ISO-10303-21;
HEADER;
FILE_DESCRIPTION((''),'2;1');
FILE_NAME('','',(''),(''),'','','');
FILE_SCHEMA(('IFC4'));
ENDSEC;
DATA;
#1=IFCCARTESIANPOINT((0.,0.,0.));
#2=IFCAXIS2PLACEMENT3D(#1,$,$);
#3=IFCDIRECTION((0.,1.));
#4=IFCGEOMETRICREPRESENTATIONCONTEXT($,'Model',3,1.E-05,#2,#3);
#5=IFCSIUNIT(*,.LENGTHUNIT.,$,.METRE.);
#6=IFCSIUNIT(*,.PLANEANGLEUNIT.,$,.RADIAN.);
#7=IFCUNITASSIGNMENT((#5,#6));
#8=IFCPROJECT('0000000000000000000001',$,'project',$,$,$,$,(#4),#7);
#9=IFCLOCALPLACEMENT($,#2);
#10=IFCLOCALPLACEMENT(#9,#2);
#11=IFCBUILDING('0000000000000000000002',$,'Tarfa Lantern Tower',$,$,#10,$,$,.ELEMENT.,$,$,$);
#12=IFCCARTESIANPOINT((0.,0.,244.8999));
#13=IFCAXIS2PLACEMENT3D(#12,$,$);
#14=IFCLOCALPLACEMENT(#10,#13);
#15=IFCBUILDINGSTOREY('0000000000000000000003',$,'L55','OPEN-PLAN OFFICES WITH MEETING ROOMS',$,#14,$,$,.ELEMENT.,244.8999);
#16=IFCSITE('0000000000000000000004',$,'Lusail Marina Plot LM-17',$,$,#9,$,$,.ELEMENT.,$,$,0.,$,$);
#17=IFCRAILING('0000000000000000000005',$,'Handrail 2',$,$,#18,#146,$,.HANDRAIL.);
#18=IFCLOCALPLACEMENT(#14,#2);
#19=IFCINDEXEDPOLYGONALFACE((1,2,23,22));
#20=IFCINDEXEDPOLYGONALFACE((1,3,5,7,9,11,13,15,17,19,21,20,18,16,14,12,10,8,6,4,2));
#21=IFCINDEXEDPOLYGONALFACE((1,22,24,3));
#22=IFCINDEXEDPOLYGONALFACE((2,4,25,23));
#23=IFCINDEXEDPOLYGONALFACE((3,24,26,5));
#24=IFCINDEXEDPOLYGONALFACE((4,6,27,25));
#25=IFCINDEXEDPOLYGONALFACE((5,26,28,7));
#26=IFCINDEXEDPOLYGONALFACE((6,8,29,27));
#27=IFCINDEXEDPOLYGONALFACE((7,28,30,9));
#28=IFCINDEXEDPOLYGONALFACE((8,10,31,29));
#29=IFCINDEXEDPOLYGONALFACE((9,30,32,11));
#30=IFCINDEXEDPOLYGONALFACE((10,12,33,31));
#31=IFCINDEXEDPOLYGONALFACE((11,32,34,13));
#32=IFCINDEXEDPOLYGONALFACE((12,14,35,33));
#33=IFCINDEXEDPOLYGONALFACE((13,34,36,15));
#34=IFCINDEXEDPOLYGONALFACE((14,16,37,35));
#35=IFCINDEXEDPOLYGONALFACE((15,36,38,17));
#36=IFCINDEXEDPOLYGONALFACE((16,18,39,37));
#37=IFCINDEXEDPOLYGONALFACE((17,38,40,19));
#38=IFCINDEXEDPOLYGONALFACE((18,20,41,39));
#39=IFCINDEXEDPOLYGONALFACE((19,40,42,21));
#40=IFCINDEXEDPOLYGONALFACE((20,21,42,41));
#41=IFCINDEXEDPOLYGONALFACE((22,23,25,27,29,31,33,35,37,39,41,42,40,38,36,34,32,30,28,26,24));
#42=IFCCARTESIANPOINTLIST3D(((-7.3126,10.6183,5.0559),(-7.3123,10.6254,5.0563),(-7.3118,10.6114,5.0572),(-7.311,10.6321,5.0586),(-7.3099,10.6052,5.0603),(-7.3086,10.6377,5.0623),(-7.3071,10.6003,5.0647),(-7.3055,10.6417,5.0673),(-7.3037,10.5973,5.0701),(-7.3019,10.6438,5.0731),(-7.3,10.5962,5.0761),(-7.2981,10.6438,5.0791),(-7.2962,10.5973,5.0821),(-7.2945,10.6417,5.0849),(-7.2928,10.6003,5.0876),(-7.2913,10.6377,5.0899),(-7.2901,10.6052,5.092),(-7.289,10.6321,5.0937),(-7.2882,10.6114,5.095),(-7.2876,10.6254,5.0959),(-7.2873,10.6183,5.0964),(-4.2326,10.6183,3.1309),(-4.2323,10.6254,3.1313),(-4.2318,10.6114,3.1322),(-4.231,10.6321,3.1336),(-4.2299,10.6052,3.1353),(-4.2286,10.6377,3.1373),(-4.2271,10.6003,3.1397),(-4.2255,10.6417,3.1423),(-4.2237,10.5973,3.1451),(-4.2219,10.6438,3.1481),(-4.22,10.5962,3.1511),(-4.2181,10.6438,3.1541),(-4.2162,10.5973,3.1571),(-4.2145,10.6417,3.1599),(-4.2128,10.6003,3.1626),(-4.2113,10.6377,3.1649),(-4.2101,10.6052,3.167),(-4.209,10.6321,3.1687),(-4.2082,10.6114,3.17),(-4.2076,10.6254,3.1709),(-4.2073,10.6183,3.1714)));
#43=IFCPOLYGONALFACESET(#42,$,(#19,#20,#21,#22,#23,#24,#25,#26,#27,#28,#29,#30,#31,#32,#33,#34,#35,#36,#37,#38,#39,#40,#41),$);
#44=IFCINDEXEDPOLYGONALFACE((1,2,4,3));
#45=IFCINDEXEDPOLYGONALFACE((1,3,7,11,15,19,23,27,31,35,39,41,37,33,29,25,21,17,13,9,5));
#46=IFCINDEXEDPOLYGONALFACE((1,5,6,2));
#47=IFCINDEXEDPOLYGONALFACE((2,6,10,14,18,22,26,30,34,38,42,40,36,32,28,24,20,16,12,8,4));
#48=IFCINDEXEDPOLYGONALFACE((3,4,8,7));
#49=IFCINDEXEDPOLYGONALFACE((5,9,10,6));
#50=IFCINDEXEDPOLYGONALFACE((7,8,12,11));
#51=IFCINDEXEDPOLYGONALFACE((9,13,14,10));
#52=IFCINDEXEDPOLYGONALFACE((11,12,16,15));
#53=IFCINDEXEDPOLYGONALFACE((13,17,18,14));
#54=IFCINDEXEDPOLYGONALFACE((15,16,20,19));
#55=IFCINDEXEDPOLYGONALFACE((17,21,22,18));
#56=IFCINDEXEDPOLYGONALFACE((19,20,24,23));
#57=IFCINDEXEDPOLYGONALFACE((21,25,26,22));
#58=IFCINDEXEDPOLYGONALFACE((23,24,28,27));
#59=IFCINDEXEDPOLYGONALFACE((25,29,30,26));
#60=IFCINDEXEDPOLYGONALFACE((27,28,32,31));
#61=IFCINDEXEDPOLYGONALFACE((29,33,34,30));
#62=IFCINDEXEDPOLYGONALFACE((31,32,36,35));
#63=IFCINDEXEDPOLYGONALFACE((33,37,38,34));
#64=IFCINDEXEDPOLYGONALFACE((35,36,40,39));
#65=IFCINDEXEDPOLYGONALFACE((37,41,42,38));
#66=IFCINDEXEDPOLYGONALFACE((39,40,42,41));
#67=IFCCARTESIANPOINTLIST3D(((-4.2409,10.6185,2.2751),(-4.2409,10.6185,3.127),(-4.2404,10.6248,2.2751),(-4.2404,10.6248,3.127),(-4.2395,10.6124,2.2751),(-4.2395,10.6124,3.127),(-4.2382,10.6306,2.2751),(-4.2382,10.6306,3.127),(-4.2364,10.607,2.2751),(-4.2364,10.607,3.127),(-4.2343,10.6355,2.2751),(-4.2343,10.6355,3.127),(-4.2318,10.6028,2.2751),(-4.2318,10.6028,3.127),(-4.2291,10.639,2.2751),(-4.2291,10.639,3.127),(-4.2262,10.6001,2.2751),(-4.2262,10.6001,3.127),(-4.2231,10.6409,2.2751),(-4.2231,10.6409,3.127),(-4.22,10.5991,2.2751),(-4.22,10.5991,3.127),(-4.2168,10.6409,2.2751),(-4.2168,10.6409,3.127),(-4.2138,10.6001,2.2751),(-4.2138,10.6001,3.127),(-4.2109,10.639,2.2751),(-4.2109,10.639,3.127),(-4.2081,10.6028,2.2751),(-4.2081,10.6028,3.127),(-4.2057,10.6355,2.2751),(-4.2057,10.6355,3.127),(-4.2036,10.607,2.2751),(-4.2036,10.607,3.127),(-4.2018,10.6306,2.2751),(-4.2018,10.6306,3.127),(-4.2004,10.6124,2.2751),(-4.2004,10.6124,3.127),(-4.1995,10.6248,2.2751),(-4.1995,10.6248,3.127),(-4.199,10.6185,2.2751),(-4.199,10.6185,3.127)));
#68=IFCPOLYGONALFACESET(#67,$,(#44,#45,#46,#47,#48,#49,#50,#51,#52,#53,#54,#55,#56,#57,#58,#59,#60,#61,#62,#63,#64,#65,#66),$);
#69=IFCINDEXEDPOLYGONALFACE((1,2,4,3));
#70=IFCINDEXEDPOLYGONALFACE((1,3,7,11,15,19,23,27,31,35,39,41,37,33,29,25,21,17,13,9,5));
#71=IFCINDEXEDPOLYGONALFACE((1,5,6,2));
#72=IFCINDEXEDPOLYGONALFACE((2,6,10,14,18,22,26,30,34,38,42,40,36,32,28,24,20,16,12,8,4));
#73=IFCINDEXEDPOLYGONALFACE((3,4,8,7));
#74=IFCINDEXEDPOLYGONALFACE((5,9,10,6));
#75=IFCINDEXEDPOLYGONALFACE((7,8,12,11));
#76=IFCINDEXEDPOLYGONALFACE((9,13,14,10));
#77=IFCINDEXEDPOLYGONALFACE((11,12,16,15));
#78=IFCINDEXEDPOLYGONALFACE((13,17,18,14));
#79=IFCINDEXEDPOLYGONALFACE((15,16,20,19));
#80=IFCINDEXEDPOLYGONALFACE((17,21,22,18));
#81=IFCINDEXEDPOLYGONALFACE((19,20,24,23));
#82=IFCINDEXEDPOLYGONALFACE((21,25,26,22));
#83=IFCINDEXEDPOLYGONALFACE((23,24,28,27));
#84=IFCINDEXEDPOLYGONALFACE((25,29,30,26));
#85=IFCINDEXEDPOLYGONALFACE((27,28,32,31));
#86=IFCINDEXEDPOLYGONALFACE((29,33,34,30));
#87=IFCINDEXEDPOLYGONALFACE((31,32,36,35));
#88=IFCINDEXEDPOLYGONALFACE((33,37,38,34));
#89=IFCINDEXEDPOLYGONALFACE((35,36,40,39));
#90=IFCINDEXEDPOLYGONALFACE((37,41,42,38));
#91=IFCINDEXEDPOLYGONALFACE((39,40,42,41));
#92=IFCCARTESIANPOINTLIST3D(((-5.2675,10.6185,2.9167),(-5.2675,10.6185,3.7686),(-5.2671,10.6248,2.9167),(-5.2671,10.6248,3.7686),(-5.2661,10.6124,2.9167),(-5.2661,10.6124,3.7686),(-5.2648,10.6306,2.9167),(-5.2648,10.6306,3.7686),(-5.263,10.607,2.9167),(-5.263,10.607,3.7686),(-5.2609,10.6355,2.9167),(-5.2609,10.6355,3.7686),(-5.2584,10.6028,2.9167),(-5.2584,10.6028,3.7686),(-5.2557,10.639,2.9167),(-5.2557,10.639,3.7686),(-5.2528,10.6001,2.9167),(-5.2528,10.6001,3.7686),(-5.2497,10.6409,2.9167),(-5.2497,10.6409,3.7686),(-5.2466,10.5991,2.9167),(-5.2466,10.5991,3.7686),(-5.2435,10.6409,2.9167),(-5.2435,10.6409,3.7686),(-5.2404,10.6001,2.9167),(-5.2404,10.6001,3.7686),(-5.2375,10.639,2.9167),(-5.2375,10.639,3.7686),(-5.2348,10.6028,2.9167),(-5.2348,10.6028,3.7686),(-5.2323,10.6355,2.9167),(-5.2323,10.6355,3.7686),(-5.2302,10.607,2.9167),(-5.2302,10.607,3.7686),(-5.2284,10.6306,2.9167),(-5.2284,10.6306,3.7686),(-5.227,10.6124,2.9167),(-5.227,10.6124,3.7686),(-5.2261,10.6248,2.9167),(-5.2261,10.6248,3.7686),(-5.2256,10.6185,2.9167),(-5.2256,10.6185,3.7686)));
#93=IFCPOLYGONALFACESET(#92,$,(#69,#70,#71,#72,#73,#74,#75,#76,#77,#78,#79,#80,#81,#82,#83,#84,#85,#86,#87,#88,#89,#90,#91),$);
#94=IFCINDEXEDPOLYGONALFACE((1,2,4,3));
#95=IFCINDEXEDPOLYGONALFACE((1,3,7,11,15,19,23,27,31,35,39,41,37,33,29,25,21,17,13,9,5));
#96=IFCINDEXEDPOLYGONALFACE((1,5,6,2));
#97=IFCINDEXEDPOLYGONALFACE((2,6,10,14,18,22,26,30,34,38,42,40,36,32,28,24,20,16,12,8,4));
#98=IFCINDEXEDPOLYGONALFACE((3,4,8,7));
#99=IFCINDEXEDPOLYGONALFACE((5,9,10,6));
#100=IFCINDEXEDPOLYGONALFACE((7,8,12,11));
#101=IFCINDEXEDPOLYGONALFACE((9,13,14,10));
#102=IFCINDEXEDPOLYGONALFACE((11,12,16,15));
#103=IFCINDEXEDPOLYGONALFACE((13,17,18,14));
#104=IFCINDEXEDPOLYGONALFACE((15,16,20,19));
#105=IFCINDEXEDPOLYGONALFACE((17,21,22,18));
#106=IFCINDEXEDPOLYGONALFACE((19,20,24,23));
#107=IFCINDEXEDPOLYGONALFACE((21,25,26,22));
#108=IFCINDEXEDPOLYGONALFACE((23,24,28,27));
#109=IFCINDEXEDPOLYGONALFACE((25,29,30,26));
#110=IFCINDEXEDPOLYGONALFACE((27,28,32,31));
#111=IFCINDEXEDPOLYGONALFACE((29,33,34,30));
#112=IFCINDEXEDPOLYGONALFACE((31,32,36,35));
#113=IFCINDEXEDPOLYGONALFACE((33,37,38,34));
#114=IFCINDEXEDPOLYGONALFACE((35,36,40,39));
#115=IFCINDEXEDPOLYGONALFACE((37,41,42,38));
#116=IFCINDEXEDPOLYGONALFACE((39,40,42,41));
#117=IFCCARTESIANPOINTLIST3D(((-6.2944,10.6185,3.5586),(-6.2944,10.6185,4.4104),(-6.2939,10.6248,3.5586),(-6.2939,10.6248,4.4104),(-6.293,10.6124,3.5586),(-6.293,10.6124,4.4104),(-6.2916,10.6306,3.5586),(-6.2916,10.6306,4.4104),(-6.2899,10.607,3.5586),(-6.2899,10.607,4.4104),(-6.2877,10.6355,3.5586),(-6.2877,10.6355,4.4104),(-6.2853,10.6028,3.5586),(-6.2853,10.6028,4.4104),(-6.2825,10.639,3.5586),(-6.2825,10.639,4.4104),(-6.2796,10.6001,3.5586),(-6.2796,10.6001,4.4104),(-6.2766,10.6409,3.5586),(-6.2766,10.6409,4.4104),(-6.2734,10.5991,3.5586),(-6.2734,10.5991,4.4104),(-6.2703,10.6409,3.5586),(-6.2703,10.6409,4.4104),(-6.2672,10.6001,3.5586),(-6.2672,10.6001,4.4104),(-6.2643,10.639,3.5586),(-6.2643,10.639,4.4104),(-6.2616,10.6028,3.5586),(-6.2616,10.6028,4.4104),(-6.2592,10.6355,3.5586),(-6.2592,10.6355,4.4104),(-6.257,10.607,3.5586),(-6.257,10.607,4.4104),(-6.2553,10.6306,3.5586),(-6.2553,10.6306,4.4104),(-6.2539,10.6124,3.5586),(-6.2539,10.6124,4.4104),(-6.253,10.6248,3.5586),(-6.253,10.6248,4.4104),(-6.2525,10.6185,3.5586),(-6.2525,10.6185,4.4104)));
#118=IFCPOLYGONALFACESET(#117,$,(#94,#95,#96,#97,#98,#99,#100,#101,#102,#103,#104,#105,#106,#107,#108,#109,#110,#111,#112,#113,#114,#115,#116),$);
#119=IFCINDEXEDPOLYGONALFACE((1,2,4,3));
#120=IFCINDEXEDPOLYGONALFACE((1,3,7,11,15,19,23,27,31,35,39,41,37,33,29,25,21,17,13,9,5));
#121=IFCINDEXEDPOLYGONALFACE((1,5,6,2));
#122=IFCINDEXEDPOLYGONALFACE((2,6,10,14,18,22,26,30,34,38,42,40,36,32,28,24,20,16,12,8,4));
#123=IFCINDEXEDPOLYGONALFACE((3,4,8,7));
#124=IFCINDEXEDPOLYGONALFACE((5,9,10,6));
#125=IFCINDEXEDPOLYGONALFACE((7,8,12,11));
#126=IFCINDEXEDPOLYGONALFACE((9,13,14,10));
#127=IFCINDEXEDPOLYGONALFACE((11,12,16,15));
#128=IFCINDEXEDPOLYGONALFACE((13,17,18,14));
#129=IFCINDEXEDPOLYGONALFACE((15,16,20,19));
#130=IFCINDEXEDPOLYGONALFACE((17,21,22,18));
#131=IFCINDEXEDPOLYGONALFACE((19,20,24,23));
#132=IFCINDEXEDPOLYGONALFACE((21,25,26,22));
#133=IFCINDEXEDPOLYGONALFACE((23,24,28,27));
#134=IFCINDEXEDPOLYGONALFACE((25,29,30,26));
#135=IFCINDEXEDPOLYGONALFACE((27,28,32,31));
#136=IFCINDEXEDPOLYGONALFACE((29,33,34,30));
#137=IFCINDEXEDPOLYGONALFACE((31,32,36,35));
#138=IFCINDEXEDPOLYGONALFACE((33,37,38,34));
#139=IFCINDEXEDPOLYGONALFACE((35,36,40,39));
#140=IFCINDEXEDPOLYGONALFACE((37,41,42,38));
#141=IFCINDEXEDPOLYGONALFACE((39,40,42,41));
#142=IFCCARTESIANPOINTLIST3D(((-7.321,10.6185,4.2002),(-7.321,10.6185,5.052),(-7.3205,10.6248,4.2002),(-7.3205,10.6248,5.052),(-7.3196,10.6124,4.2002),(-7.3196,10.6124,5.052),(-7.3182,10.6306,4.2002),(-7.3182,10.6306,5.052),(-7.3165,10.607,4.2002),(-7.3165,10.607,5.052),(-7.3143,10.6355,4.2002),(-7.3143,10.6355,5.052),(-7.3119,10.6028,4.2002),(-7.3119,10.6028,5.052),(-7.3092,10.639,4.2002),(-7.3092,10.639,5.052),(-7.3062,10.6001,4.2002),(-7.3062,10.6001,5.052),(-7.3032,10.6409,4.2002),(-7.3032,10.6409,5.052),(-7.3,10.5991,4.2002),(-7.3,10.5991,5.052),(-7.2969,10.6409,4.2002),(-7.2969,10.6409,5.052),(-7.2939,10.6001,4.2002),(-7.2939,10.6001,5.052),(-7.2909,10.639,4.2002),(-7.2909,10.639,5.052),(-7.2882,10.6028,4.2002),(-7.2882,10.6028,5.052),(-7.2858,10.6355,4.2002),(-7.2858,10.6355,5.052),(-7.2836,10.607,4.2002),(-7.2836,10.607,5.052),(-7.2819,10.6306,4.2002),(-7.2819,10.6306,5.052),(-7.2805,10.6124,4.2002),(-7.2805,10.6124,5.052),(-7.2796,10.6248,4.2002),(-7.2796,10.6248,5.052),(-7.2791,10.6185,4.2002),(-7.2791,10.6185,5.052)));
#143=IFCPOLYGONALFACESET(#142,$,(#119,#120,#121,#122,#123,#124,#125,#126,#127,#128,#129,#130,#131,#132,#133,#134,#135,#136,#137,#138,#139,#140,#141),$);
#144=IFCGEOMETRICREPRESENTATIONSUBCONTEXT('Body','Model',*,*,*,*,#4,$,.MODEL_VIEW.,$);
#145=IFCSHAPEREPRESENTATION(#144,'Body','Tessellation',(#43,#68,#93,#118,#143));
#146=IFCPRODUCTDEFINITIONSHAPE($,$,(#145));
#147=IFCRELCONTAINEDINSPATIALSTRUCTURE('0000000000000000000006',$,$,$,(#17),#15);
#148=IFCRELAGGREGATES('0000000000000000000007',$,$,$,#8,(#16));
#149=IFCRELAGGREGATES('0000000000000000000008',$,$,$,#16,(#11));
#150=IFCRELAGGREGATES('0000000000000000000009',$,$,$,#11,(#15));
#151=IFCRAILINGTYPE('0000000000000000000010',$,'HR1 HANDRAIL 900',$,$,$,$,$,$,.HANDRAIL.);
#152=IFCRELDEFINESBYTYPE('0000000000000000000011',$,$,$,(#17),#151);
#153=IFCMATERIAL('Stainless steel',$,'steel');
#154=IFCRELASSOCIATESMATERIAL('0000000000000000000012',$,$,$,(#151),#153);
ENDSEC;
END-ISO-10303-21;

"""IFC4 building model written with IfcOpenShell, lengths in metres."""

from ifc_helpers import new_model, si_unit, direction, frame, origin, origin_2d, place, context, subcontext, project, spatial, circle, extrude, material, type_object, element, save


model = new_model("IFC4")

# Units and contexts
model_context = context("Model", 3, precision=1e-05, world=origin(), true_north=direction((0.0, 1.0)))
body_context = subcontext(model_context, "Body", "Model", "MODEL_VIEW")
ifc_project = project(units=[si_unit("LENGTHUNIT", "METRE"), si_unit("PLANEANGLEUNIT", "RADIAN")], contexts=[model_context])

# Site, building, storey
site_placement = place(None, origin())
site = spatial("IfcSite", under=ifc_project, at=site_placement, Name="Lusail Marina Plot LM-17", CompositionType="ELEMENT", RefElevation=0.0)
building_placement = place(site_placement, origin())
building = spatial("IfcBuilding", under=site, at=building_placement, Name="Tarfa Lantern Tower", CompositionType="ELEMENT")
storey_placement = place(building_placement, frame((0.0, 0.0, 244.8999)))
storey = spatial("IfcBuildingStorey", under=building, at=storey_placement, Name="L55", Description="OPEN-PLAN OFFICES WITH MEETING ROOMS", CompositionType="ELEMENT", Elevation=244.8999)

# Railing
ifc_material_1 = material(Name="Stainless steel", Category="steel")
railing_type = type_object("IfcRailingType", Name="HR1 HANDRAIL 900", PredefinedType="HANDRAIL", material=ifc_material_1)
railing_1_placement = place(storey_placement, frame((-4.22, 10.6201, 2.2751)))
element("IfcRailing", 1, at=railing_1_placement, inside=storey, type_object=railing_type, Name="Handrail 2", PredefinedType="HANDRAIL", context=body_context, shape_type="SweptSolid", body=[
    extrude(circle(Radius=0.0239, at=origin_2d()), frame((0.0, 0.0, 0.876), z_axis=(-0.847998, 0.0, 0.529999), x_axis=(0.0, -1.0, 0.0)), (0.0, 0.0, 1.0), 3.6321),
    extrude(circle(Radius=0.021, at=origin_2d()), frame((0.0, 0.0, 0.0), z_axis=(0.0, 0.0, 1.0), x_axis=(0.0, -1.0, 0.0)), (0.0, 0.0, 1.0), 0.8518),
    extrude(circle(Radius=0.021, at=origin_2d()), frame((-1.0266, 0.0, 0.6416), z_axis=(0.0, 0.0, 1.0), x_axis=(0.0, -1.0, 0.0)), (0.0, 0.0, 1.0), 0.8518),
    extrude(circle(Radius=0.021, at=origin_2d()), frame((-2.0535, 0.0, 1.2834), z_axis=(0.0, 0.0, 1.0), x_axis=(0.0, -1.0, 0.0)), (0.0, 0.0, 1.0), 0.8518),
    extrude(circle(Radius=0.021, at=origin_2d()), frame((-3.0801, 0.0, 1.925), z_axis=(0.0, 0.0, 1.0), x_axis=(0.0, -1.0, 0.0)), (0.0, 0.0, 1.0), 0.8518),
])

save(model, "model.ifc")
